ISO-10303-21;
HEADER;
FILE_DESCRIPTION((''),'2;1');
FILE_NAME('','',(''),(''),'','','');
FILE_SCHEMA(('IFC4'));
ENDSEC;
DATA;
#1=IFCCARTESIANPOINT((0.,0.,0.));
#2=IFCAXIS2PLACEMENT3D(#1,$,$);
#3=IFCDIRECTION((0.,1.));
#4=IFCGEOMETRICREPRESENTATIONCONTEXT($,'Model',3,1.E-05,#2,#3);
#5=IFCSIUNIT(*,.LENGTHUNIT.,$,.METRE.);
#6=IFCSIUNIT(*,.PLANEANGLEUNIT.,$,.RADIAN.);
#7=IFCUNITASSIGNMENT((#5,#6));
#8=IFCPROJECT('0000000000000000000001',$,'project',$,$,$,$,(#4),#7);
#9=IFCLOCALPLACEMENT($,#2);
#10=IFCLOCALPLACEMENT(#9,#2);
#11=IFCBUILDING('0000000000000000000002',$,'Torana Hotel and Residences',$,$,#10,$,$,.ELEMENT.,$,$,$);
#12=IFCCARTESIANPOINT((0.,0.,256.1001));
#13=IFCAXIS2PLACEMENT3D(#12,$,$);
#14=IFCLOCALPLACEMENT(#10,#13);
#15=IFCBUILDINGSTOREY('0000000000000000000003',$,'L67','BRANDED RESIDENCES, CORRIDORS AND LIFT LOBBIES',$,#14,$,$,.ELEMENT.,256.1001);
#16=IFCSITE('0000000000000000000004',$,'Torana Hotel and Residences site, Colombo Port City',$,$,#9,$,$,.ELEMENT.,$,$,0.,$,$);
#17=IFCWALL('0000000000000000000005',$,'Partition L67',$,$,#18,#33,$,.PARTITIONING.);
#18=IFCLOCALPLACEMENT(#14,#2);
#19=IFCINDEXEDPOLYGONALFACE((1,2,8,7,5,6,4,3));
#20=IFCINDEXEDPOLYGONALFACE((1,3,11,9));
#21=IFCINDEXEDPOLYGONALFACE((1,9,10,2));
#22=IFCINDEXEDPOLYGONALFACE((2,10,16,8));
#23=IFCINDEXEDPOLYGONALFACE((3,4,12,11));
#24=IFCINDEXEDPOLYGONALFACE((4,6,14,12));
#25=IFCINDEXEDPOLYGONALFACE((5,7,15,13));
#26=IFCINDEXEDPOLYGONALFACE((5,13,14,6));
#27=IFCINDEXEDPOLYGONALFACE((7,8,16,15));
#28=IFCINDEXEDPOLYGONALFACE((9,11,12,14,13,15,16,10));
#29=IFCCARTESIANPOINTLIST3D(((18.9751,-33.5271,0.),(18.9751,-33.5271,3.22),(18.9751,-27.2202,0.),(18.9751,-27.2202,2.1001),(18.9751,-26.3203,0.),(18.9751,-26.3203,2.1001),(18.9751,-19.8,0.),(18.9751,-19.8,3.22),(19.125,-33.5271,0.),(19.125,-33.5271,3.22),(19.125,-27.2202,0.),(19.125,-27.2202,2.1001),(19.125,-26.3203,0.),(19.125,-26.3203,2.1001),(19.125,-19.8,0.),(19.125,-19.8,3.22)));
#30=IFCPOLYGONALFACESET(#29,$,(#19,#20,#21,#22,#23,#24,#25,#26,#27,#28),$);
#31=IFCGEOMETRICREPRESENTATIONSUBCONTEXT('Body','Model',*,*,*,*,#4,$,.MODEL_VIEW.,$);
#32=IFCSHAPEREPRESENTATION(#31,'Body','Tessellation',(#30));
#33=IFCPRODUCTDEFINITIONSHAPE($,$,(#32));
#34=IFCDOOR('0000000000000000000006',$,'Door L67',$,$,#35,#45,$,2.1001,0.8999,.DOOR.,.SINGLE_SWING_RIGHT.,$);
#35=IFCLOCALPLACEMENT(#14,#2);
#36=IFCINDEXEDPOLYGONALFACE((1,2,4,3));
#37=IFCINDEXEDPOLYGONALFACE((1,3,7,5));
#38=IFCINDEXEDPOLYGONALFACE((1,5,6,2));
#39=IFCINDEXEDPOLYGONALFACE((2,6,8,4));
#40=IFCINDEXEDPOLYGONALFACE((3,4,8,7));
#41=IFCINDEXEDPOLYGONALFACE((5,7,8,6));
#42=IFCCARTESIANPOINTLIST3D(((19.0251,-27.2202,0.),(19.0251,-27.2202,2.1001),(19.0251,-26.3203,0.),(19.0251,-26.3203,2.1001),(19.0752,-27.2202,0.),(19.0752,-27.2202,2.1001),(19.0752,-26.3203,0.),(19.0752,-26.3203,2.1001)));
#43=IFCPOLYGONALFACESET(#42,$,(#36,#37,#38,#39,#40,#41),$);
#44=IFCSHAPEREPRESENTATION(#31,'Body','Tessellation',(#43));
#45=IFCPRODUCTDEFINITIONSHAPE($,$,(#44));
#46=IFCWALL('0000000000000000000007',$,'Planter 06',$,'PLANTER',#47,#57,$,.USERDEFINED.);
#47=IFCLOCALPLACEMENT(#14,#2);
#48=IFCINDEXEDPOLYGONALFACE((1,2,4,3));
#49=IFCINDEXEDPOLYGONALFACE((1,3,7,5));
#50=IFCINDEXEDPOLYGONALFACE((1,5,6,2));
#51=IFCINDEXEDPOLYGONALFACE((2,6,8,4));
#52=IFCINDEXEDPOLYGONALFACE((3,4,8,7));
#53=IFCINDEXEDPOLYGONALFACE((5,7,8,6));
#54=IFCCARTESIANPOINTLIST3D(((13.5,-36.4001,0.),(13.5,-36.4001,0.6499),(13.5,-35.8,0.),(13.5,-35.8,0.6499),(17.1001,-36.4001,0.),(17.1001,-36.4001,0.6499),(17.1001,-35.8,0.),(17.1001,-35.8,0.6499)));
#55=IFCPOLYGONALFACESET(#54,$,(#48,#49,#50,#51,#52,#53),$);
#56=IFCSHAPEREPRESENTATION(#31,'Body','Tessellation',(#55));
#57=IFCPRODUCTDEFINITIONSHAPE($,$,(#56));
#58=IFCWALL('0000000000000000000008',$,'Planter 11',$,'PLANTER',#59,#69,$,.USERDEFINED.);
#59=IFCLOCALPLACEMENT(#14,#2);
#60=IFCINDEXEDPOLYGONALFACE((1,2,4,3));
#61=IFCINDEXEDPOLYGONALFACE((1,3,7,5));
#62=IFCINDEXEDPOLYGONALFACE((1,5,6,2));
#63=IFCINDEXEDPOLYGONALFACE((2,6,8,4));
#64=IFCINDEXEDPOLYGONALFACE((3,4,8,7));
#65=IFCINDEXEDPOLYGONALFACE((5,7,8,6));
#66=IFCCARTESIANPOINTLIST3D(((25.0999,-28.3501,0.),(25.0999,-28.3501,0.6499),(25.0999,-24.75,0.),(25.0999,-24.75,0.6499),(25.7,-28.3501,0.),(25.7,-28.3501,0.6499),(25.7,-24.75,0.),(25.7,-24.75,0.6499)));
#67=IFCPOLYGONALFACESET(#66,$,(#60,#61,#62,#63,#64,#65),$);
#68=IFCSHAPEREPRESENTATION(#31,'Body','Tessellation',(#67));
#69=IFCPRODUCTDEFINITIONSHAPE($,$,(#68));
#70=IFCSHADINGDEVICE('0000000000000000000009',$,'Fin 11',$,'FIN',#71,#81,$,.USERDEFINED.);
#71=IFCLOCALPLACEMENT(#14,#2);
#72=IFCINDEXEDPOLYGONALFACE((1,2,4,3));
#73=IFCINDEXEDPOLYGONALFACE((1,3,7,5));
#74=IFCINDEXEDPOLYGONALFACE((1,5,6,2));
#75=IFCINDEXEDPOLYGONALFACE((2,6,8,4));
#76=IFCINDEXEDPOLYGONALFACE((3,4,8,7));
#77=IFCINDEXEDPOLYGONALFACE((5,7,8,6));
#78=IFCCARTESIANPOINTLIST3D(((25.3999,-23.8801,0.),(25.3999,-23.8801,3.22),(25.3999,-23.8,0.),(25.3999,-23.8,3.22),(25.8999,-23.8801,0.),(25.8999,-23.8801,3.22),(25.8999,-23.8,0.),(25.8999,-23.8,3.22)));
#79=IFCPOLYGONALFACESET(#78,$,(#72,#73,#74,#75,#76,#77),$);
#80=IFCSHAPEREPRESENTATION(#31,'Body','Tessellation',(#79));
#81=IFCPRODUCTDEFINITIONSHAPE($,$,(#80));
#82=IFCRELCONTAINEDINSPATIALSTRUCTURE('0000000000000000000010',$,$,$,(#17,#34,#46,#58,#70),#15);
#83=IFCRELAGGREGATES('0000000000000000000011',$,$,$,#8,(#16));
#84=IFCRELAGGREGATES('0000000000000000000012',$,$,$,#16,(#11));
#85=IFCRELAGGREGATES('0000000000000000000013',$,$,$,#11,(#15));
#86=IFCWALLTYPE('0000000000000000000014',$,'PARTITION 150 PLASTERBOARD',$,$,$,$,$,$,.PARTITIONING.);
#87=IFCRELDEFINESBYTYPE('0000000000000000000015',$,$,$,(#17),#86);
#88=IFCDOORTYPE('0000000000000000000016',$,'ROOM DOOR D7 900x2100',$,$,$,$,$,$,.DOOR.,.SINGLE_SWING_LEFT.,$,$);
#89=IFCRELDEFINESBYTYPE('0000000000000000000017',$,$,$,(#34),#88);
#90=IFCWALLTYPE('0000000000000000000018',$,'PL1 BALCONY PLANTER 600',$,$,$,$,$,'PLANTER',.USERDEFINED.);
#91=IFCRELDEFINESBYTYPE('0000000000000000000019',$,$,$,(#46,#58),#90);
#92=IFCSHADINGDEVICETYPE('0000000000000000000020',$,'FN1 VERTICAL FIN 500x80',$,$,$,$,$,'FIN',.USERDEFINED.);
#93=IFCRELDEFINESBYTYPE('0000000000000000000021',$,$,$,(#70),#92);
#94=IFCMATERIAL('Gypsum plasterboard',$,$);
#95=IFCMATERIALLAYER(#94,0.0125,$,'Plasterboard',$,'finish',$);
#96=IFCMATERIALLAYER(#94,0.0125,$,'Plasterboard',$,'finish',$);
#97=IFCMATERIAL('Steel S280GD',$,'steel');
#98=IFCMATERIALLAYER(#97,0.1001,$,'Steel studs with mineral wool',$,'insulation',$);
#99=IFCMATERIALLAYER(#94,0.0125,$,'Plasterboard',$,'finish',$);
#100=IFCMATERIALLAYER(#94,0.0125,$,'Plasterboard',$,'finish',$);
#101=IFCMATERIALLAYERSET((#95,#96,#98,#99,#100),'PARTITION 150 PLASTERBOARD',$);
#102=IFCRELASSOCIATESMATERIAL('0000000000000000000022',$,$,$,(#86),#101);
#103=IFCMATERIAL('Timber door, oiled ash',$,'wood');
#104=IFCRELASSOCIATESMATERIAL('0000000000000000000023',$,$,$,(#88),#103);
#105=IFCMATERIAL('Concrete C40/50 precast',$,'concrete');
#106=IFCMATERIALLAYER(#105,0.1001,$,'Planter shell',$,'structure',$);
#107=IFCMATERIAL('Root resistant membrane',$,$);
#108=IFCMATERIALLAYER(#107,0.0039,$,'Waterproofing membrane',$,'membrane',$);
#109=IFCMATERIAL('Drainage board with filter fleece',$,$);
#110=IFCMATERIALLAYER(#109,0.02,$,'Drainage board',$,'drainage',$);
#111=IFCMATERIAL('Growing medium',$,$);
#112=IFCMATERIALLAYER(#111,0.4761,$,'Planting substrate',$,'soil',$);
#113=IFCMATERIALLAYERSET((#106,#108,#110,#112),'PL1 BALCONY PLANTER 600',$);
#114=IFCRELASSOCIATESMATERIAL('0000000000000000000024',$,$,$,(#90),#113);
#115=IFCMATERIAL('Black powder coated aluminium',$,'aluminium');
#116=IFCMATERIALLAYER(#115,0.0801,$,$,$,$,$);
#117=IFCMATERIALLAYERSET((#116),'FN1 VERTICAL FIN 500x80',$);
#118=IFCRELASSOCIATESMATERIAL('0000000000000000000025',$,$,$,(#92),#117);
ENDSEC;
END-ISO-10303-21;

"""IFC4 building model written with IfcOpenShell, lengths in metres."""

from ifc_helpers import new_model, si_unit, direction, frame, frame_2d, origin, origin_2d, place, context, subcontext, project, spatial, rectangle, extrude, material, layer, layer_set, type_object, element, fill, save


model = new_model("IFC4")

# Units and contexts
model_context = context("Model", 3, precision=1e-05, world=origin(), true_north=direction((0.0, 1.0)))
body_context = subcontext(model_context, "Body", "Model", "MODEL_VIEW")
ifc_project = project(units=[si_unit("LENGTHUNIT", "METRE"), si_unit("PLANEANGLEUNIT", "RADIAN")], contexts=[model_context])

# Site, building, storey
site_placement = place(None, origin())
site = spatial("IfcSite", under=ifc_project, at=site_placement, Name="Torana Hotel and Residences site, Colombo Port City", CompositionType="ELEMENT", RefElevation=0.0)
building_placement = place(site_placement, origin())
building = spatial("IfcBuilding", under=site, at=building_placement, Name="Torana Hotel and Residences", CompositionType="ELEMENT")
storey_placement = place(building_placement, frame((0.0, 0.0, 256.1001)))
storey = spatial("IfcBuildingStorey", under=building, at=storey_placement, Name="L67", Description="BRANDED RESIDENCES, CORRIDORS AND LIFT LOBBIES", CompositionType="ELEMENT", Elevation=256.1001)

# Shared definitions
ifc_material_1 = material(Name="Steel S280GD", Category="steel")

# Wall, opening, door
ifc_material_2 = material(Name="Gypsum plasterboard")
ifc_layer_1 = layer(ifc_material_2, 0.0125, Name="Plasterboard", Category="finish")
ifc_layer_2 = layer(ifc_material_2, 0.0125, Name="Plasterboard", Category="finish")
ifc_layer_3 = layer(ifc_material_1, 0.1001, Name="Steel studs with mineral wool", Category="insulation")
ifc_layer_4 = layer(ifc_material_2, 0.0125, Name="Plasterboard", Category="finish")
ifc_layer_5 = layer(ifc_material_2, 0.0125, Name="Plasterboard", Category="finish")
ifc_layer_set_1 = layer_set([ifc_layer_1, ifc_layer_2, ifc_layer_3, ifc_layer_4, ifc_layer_5], Name="PARTITION 150 PLASTERBOARD")
wall_type_1 = type_object("IfcWallType", Name="PARTITION 150 PLASTERBOARD", PredefinedType="PARTITIONING", material=ifc_layer_set_1)
ifc_material_3 = material(Name="Timber door, oiled ash", Category="wood")
door_type_1 = type_object("IfcDoorType", Name="ROOM DOOR D7 900x2100", OperationType="SINGLE_SWING_LEFT", PredefinedType="DOOR", material=ifc_material_3)
wall_1_placement = place(storey_placement, frame((19.05, -33.5271, 0.0), z_axis=(0.0, 0.0, 1.0), x_axis=(0.0, 1.0, 0.0)))
wall_1 = element("IfcWall", 1, at=wall_1_placement, inside=storey, type_object=wall_type_1, Name="Partition L67", PredefinedType="PARTITIONING", context=body_context, shape_type="SweptSolid", body=[
    extrude(rectangle(XDim=13.7271, YDim=0.1499, at=frame_2d((6.8635, 0.0))), origin(), (0.0, 0.0, 1.0), 3.22),
])
opening_1_placement = place(wall_1_placement, frame((6.3069, 0.0, 0.0)))
opening_1 = element("IfcOpeningElement", 2, at=opening_1_placement, cuts=wall_1, PredefinedType="OPENING", context=body_context, shape_type="SweptSolid", body=[
    extrude(rectangle(XDim=0.8999, YDim=2.1001, at=frame_2d((0.45, 1.05))), frame((0.0, 0.085, 0.0), z_axis=(0.0, -1.0, 0.0), x_axis=(1.0, 0.0, 0.0)), (0.0, 0.0, 1.0), 0.1699),
])
door_1_placement = place(opening_1_placement, origin())
door_1 = element("IfcDoor", 3, at=door_1_placement, inside=storey, type_object=door_type_1, Name="Door L67", OperationType="SINGLE_SWING_RIGHT", OverallHeight=2.1001, OverallWidth=0.8999, PredefinedType="DOOR", context=body_context, shape_type="SweptSolid", body=[
    extrude(rectangle(XDim=0.8999, YDim=2.1001, at=frame_2d((0.45, 1.05))), frame((0.0, 0.0249, 0.0), z_axis=(0.0, -1.0, 0.0), x_axis=(1.0, 0.0, 0.0)), (0.0, 0.0, 1.0), 0.05),
])
fill(opening_1, door_1)

# Walls
ifc_material_4 = material(Name="Concrete C40/50 precast", Category="concrete")
ifc_layer_6 = layer(ifc_material_4, 0.1001, Name="Planter shell", Category="structure")
ifc_material_5 = material(Name="Root resistant membrane")
ifc_layer_7 = layer(ifc_material_5, 0.0039, Name="Waterproofing membrane", Category="membrane")
ifc_material_6 = material(Name="Drainage board with filter fleece")
ifc_layer_8 = layer(ifc_material_6, 0.02, Name="Drainage board", Category="drainage")
ifc_material_7 = material(Name="Growing medium")
ifc_layer_9 = layer(ifc_material_7, 0.4761, Name="Planting substrate", Category="soil")
ifc_layer_set_2 = layer_set([ifc_layer_6, ifc_layer_7, ifc_layer_8, ifc_layer_9], Name="PL1 BALCONY PLANTER 600")
wall_type_2 = type_object("IfcWallType", Name="PL1 BALCONY PLANTER 600", ElementType="PLANTER", PredefinedType="USERDEFINED", material=ifc_layer_set_2)
for number, where, z_axis, x_axis, name in (
    (4, (17.1001, -36.1001, 0.0), (0.0, 0.0, 1.0), (-1.0, 0.0, 0.0), "Planter 06"),
    (5, (25.3999, -24.75, 0.0), (0.0, 0.0, 1.0), (0.0, -1.0, 0.0), "Planter 11"),
):
    element("IfcWall", number, at=place(storey_placement, frame(where, z_axis=z_axis, x_axis=x_axis)), inside=storey, type_object=wall_type_2, Name=name, ObjectType="PLANTER", PredefinedType="USERDEFINED", context=body_context, shape_type="SweptSolid", body=[
        extrude(rectangle(XDim=3.6001, YDim=0.6001, at=frame_2d((1.8, 0.0))), origin(), (0.0, 0.0, 1.0), 0.6499),
    ])

# Shading device
ifc_material_8 = material(Name="Black powder coated aluminium", Category="aluminium")
ifc_layer_10 = layer(ifc_material_8, 0.0801)
ifc_layer_set_3 = layer_set([ifc_layer_10], Name="FN1 VERTICAL FIN 500x80")
shading_device_type = type_object("IfcShadingDeviceType", Name="FN1 VERTICAL FIN 500x80", ElementType="FIN", PredefinedType="USERDEFINED", material=ifc_layer_set_3)
shading_device_placement = place(storey_placement, frame((25.6499, -23.8401, 0.0), z_axis=(0.0, 0.0, 1.0), x_axis=(0.0, -1.0, 0.0)))
element("IfcShadingDevice", 6, at=shading_device_placement, inside=storey, type_object=shading_device_type, Name="Fin 11", ObjectType="FIN", PredefinedType="USERDEFINED", context=body_context, shape_type="SweptSolid", body=[
    extrude(rectangle(XDim=0.0801, YDim=0.5, at=origin_2d()), origin(), (0.0, 0.0, 1.0), 3.22),
])

save(model, "model.ifc")
